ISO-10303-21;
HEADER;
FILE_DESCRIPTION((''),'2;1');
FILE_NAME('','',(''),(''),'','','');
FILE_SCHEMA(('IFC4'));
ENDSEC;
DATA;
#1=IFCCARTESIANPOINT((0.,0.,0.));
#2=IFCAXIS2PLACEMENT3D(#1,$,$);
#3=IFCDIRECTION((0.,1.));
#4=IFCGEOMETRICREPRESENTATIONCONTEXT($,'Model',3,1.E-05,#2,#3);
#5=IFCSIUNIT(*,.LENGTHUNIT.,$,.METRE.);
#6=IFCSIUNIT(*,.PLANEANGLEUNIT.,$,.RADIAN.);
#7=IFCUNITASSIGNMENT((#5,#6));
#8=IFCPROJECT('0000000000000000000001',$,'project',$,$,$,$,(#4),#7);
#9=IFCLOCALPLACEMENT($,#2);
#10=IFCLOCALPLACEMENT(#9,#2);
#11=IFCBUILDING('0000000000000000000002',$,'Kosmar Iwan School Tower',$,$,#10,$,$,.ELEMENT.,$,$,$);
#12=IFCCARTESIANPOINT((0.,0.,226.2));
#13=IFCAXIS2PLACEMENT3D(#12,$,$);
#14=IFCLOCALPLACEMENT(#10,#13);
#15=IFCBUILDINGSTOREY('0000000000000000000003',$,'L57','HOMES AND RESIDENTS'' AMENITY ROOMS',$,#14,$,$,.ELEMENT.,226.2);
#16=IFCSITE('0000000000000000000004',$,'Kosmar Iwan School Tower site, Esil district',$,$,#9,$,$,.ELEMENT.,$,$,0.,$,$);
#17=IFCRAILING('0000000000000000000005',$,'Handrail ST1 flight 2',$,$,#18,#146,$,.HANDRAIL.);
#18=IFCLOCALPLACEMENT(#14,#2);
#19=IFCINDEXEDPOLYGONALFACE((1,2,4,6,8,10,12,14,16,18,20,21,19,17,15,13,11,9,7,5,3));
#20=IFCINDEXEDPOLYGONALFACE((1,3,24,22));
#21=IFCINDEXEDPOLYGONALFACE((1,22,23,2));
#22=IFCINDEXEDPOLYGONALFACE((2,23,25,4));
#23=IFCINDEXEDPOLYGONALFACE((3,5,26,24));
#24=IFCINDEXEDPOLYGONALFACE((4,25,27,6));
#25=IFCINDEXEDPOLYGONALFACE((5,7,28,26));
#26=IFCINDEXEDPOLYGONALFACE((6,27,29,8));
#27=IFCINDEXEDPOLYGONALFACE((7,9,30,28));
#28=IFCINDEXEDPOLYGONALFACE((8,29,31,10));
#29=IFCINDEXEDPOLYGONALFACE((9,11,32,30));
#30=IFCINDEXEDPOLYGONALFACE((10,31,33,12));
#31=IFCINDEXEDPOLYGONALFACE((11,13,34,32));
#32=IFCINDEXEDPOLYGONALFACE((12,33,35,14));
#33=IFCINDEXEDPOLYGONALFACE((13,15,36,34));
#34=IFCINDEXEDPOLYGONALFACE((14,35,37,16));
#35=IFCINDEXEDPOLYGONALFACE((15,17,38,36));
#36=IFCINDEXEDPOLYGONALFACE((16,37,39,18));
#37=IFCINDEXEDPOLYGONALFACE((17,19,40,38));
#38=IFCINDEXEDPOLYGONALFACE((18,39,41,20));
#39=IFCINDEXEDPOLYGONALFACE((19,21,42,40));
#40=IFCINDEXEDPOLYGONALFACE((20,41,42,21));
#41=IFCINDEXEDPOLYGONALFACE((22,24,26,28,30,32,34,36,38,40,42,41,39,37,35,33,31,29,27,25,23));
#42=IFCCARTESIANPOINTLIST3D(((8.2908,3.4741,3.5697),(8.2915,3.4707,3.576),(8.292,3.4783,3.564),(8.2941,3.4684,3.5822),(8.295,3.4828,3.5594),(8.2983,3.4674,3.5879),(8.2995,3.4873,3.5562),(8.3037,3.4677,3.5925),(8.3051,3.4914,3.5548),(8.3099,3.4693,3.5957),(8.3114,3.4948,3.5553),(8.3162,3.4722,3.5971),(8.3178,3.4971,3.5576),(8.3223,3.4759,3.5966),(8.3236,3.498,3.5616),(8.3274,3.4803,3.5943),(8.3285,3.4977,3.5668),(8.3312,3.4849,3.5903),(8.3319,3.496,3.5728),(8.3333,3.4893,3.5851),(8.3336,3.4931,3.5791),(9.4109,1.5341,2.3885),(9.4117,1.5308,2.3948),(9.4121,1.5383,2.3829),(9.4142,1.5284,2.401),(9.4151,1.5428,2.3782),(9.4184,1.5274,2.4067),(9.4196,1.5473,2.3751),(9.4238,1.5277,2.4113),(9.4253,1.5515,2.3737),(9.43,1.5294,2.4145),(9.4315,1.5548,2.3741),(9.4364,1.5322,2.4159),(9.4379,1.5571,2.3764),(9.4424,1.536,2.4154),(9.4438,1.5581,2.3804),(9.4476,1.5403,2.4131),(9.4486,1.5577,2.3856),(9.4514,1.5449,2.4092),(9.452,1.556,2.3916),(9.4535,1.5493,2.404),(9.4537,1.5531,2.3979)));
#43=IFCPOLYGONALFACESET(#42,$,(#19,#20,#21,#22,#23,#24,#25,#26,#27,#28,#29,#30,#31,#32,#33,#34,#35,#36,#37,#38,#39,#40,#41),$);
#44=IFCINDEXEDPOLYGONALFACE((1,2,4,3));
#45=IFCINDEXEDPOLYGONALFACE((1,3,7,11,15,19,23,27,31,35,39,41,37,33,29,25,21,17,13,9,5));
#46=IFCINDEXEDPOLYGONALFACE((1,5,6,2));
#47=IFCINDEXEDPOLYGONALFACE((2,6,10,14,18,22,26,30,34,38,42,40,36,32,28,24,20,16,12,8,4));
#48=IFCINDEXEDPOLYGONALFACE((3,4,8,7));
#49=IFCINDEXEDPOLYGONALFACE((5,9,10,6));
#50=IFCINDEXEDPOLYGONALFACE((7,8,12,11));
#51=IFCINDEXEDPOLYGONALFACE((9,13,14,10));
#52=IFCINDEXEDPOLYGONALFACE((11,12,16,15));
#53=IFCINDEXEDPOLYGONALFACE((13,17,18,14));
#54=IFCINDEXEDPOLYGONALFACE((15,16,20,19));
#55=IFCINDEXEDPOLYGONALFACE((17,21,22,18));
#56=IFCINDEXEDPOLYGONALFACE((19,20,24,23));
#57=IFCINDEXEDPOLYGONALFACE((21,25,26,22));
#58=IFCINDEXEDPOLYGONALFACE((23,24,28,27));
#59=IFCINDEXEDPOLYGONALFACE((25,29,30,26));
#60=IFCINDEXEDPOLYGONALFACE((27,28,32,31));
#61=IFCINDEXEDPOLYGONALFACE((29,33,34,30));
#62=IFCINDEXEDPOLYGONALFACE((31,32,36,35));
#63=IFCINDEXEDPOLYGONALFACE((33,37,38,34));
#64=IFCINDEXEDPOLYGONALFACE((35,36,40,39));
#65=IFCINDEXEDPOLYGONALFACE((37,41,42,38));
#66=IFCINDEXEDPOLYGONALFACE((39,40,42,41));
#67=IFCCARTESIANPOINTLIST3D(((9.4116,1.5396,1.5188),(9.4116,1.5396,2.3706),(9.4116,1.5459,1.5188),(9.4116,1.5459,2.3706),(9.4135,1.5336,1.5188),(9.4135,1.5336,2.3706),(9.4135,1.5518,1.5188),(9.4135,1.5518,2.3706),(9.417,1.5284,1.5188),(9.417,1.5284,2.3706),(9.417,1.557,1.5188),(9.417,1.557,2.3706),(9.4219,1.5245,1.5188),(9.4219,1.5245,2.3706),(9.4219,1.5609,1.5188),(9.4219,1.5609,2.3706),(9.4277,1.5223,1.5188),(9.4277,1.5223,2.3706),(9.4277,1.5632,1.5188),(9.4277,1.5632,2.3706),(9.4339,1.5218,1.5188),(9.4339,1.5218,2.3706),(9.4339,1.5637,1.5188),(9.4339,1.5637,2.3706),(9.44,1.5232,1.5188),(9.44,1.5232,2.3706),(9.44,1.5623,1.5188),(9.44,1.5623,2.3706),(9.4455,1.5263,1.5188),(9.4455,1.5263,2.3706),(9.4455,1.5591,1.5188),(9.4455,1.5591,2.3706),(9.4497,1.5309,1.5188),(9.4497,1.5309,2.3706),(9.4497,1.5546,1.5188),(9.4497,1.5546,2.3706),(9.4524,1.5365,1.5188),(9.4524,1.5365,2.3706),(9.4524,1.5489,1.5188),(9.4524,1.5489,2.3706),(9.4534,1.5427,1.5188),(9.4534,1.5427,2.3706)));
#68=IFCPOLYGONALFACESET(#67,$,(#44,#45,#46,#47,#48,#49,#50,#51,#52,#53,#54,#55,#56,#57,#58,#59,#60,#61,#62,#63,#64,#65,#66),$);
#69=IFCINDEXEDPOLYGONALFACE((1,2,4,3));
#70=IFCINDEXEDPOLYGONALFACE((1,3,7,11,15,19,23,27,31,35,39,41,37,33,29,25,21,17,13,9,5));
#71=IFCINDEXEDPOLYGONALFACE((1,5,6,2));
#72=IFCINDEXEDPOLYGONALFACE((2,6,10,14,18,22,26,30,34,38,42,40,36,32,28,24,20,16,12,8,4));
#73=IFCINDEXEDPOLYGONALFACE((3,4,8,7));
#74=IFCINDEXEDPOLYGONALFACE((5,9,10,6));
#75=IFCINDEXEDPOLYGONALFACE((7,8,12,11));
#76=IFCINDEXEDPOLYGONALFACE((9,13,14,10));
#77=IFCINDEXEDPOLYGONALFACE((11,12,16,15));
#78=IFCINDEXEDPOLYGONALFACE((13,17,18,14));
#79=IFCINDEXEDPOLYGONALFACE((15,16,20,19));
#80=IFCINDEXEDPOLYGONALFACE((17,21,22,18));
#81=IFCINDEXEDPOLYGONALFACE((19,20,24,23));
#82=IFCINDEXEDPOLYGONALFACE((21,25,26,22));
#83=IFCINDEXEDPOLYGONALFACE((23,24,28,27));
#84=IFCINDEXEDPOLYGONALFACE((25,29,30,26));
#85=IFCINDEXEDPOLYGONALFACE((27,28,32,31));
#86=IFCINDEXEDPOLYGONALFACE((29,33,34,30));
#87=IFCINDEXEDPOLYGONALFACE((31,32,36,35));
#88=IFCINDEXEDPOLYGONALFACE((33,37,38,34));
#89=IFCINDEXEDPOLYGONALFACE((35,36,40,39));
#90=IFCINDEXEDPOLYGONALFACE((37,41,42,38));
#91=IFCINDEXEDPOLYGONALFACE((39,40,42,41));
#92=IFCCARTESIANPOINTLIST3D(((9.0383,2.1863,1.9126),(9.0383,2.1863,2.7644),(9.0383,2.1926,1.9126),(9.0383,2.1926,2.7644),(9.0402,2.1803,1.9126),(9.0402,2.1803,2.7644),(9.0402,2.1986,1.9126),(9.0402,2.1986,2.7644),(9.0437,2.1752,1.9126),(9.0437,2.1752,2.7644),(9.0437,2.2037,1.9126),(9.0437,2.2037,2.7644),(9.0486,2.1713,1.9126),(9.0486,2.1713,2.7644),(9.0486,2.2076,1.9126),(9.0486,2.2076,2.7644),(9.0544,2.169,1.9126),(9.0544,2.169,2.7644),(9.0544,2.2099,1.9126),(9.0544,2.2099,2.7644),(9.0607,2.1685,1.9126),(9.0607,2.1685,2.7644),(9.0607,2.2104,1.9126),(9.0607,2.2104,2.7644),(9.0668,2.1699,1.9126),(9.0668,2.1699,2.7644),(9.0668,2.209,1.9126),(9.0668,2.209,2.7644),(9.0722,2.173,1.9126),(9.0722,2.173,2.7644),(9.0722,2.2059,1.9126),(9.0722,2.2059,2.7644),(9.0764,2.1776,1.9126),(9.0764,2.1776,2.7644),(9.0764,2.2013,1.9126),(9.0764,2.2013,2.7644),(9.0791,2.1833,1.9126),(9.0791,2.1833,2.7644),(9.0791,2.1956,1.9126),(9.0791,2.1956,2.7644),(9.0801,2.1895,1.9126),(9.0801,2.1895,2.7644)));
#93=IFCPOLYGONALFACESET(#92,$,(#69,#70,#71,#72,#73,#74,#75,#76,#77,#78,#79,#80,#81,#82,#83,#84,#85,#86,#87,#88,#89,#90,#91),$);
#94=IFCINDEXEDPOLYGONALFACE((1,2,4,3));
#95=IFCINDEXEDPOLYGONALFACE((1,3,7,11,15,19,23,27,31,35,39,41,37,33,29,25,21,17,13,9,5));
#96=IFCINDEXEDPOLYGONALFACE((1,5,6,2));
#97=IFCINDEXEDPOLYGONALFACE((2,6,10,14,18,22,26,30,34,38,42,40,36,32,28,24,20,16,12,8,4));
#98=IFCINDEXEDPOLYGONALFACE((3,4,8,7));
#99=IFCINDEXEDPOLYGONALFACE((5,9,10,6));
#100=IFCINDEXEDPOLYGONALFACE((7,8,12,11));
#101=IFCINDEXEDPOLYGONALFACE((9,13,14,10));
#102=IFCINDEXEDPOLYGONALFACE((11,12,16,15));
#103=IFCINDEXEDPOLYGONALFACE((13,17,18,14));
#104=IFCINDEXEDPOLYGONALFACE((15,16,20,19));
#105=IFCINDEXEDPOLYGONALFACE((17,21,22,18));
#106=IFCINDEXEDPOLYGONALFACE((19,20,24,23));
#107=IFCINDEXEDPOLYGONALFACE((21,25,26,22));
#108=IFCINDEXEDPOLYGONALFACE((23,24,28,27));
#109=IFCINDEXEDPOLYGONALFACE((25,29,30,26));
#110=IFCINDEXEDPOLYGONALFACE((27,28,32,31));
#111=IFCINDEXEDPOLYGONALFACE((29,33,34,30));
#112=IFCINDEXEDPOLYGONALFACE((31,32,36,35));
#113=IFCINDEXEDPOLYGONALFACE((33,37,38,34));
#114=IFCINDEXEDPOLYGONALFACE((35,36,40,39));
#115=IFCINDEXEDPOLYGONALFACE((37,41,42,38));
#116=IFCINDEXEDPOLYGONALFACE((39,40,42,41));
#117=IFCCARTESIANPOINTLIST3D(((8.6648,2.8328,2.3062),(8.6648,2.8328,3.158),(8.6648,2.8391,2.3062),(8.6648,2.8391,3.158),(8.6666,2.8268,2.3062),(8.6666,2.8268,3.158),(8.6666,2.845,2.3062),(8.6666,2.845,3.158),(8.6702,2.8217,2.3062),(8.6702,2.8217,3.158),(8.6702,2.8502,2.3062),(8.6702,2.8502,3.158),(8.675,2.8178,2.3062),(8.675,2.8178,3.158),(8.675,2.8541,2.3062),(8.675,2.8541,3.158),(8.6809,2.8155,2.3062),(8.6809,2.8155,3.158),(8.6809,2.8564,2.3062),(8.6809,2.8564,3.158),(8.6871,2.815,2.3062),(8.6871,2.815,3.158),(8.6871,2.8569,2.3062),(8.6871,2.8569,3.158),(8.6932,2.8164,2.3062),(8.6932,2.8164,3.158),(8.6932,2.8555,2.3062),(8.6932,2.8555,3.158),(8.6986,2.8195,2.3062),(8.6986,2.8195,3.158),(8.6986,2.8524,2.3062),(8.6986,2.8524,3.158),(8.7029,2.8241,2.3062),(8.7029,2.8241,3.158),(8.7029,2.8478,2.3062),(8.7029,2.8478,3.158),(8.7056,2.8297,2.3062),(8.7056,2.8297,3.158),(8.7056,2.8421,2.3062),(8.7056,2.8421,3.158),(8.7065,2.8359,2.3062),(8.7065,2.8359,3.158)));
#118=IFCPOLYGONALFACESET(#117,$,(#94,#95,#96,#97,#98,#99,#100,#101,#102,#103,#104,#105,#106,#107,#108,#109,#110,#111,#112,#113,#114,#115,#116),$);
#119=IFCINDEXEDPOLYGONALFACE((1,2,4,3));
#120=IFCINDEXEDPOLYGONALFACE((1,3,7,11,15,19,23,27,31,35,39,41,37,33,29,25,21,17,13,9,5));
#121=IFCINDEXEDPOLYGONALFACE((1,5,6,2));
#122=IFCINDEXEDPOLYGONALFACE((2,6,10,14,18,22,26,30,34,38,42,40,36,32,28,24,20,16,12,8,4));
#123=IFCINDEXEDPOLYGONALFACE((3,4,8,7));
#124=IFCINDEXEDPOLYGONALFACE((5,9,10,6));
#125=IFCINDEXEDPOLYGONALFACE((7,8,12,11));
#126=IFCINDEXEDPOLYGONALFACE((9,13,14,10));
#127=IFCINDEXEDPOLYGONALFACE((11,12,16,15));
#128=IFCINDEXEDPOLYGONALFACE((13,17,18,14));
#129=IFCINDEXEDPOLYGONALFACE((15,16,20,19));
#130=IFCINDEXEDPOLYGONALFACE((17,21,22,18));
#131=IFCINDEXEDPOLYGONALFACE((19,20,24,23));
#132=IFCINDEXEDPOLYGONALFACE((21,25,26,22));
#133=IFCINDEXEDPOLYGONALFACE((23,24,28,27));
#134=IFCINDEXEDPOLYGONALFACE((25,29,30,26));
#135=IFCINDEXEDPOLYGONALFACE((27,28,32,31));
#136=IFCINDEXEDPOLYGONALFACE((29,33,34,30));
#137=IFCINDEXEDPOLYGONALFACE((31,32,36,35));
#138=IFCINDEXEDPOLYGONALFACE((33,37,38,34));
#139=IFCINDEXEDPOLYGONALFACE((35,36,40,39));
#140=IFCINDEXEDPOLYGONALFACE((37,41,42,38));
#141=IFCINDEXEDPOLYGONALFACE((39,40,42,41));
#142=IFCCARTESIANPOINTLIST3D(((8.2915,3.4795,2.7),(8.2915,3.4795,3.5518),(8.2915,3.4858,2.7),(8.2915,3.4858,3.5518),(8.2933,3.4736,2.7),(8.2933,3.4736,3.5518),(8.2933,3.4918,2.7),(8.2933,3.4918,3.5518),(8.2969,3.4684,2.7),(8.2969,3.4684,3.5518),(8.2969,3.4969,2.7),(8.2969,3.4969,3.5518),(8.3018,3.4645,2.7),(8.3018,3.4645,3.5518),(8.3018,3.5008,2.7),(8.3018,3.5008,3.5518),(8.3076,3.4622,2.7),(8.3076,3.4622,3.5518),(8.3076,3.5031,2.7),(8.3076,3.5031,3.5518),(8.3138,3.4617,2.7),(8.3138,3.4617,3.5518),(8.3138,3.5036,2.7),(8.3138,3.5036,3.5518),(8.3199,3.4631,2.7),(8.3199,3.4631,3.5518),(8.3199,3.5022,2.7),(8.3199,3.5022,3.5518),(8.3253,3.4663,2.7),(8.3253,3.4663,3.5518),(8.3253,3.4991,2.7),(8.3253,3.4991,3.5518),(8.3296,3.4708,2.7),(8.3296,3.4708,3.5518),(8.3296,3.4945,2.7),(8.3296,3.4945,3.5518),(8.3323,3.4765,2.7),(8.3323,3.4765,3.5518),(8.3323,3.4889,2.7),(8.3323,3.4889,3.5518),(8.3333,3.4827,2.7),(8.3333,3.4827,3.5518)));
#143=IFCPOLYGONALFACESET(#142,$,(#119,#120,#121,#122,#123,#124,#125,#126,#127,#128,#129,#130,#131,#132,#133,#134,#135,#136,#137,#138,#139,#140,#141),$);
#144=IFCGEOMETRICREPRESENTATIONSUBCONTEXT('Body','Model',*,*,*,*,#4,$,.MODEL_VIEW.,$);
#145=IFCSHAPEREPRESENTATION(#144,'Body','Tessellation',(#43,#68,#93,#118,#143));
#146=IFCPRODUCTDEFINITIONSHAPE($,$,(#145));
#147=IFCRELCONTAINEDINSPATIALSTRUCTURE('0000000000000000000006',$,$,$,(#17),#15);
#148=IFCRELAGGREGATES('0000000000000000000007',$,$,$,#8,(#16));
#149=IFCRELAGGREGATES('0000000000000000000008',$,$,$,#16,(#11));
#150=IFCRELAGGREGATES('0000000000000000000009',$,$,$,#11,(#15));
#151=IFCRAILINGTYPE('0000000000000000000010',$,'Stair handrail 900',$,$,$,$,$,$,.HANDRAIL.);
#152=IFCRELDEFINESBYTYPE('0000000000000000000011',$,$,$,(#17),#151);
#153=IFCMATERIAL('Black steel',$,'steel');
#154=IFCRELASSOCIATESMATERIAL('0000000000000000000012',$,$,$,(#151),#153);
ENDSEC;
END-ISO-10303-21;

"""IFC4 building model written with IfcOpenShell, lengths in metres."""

from ifc_helpers import new_model, si_unit, direction, frame, origin, origin_2d, place, context, subcontext, project, spatial, circle, extrude, material, type_object, element, save


model = new_model("IFC4")

# Units and contexts
model_context = context("Model", 3, precision=1e-05, world=origin(), true_north=direction((0.0, 1.0)))
body_context = subcontext(model_context, "Body", "Model", "MODEL_VIEW")
ifc_project = project(units=[si_unit("LENGTHUNIT", "METRE"), si_unit("PLANEANGLEUNIT", "RADIAN")], contexts=[model_context])

# Site, building, storey
site_placement = place(None, origin())
site = spatial("IfcSite", under=ifc_project, at=site_placement, Name="Kosmar Iwan School Tower site, Esil district", CompositionType="ELEMENT", RefElevation=0.0)
building_placement = place(site_placement, origin())
building = spatial("IfcBuilding", under=site, at=building_placement, Name="Kosmar Iwan School Tower", CompositionType="ELEMENT")
storey_placement = place(building_placement, frame((0.0, 0.0, 226.2)))
storey = spatial("IfcBuildingStorey", under=building, at=storey_placement, Name="L57", Description="HOMES AND RESIDENTS' AMENITY ROOMS", CompositionType="ELEMENT", Elevation=226.2)

# Railing
ifc_material_1 = material(Name="Black steel", Category="steel")
railing_type = type_object("IfcRailingType", Name="Stair handrail 900", PredefinedType="HANDRAIL", material=ifc_material_1)
railing_1_placement = place(storey_placement, frame((9.4324, 1.5427, 1.5188)))
element("IfcRailing", 1, at=railing_1_placement, inside=storey, type_object=railing_type, Name="Handrail ST1 flight 2", PredefinedType="HANDRAIL", context=body_context, shape_type="SweptSolid", body=[
    extrude(circle(Radius=0.0239, at=origin_2d()), frame((0.0, 0.0, 0.876), z_axis=(-0.442311, 0.766042, 0.466412), x_axis=(-0.866008, -0.500031, 0.0)), (0.0, 0.0, 1.0), 2.5325),
    extrude(circle(Radius=0.021, at=origin_2d()), origin(), (0.0, 0.0, 1.0), 0.8518),
    extrude(circle(Radius=0.021, at=origin_2d()), frame((-0.3733, 0.6467, 0.3938)), (0.0, 0.0, 1.0), 0.8518),
    extrude(circle(Radius=0.021, at=origin_2d()), frame((-0.7468, 1.2932, 0.7874)), (0.0, 0.0, 1.0), 0.8518),
    extrude(circle(Radius=0.021, at=origin_2d()), frame((-1.1201, 1.9399, 1.1812)), (0.0, 0.0, 1.0), 0.8518),
])

save(model, "model.ifc")
